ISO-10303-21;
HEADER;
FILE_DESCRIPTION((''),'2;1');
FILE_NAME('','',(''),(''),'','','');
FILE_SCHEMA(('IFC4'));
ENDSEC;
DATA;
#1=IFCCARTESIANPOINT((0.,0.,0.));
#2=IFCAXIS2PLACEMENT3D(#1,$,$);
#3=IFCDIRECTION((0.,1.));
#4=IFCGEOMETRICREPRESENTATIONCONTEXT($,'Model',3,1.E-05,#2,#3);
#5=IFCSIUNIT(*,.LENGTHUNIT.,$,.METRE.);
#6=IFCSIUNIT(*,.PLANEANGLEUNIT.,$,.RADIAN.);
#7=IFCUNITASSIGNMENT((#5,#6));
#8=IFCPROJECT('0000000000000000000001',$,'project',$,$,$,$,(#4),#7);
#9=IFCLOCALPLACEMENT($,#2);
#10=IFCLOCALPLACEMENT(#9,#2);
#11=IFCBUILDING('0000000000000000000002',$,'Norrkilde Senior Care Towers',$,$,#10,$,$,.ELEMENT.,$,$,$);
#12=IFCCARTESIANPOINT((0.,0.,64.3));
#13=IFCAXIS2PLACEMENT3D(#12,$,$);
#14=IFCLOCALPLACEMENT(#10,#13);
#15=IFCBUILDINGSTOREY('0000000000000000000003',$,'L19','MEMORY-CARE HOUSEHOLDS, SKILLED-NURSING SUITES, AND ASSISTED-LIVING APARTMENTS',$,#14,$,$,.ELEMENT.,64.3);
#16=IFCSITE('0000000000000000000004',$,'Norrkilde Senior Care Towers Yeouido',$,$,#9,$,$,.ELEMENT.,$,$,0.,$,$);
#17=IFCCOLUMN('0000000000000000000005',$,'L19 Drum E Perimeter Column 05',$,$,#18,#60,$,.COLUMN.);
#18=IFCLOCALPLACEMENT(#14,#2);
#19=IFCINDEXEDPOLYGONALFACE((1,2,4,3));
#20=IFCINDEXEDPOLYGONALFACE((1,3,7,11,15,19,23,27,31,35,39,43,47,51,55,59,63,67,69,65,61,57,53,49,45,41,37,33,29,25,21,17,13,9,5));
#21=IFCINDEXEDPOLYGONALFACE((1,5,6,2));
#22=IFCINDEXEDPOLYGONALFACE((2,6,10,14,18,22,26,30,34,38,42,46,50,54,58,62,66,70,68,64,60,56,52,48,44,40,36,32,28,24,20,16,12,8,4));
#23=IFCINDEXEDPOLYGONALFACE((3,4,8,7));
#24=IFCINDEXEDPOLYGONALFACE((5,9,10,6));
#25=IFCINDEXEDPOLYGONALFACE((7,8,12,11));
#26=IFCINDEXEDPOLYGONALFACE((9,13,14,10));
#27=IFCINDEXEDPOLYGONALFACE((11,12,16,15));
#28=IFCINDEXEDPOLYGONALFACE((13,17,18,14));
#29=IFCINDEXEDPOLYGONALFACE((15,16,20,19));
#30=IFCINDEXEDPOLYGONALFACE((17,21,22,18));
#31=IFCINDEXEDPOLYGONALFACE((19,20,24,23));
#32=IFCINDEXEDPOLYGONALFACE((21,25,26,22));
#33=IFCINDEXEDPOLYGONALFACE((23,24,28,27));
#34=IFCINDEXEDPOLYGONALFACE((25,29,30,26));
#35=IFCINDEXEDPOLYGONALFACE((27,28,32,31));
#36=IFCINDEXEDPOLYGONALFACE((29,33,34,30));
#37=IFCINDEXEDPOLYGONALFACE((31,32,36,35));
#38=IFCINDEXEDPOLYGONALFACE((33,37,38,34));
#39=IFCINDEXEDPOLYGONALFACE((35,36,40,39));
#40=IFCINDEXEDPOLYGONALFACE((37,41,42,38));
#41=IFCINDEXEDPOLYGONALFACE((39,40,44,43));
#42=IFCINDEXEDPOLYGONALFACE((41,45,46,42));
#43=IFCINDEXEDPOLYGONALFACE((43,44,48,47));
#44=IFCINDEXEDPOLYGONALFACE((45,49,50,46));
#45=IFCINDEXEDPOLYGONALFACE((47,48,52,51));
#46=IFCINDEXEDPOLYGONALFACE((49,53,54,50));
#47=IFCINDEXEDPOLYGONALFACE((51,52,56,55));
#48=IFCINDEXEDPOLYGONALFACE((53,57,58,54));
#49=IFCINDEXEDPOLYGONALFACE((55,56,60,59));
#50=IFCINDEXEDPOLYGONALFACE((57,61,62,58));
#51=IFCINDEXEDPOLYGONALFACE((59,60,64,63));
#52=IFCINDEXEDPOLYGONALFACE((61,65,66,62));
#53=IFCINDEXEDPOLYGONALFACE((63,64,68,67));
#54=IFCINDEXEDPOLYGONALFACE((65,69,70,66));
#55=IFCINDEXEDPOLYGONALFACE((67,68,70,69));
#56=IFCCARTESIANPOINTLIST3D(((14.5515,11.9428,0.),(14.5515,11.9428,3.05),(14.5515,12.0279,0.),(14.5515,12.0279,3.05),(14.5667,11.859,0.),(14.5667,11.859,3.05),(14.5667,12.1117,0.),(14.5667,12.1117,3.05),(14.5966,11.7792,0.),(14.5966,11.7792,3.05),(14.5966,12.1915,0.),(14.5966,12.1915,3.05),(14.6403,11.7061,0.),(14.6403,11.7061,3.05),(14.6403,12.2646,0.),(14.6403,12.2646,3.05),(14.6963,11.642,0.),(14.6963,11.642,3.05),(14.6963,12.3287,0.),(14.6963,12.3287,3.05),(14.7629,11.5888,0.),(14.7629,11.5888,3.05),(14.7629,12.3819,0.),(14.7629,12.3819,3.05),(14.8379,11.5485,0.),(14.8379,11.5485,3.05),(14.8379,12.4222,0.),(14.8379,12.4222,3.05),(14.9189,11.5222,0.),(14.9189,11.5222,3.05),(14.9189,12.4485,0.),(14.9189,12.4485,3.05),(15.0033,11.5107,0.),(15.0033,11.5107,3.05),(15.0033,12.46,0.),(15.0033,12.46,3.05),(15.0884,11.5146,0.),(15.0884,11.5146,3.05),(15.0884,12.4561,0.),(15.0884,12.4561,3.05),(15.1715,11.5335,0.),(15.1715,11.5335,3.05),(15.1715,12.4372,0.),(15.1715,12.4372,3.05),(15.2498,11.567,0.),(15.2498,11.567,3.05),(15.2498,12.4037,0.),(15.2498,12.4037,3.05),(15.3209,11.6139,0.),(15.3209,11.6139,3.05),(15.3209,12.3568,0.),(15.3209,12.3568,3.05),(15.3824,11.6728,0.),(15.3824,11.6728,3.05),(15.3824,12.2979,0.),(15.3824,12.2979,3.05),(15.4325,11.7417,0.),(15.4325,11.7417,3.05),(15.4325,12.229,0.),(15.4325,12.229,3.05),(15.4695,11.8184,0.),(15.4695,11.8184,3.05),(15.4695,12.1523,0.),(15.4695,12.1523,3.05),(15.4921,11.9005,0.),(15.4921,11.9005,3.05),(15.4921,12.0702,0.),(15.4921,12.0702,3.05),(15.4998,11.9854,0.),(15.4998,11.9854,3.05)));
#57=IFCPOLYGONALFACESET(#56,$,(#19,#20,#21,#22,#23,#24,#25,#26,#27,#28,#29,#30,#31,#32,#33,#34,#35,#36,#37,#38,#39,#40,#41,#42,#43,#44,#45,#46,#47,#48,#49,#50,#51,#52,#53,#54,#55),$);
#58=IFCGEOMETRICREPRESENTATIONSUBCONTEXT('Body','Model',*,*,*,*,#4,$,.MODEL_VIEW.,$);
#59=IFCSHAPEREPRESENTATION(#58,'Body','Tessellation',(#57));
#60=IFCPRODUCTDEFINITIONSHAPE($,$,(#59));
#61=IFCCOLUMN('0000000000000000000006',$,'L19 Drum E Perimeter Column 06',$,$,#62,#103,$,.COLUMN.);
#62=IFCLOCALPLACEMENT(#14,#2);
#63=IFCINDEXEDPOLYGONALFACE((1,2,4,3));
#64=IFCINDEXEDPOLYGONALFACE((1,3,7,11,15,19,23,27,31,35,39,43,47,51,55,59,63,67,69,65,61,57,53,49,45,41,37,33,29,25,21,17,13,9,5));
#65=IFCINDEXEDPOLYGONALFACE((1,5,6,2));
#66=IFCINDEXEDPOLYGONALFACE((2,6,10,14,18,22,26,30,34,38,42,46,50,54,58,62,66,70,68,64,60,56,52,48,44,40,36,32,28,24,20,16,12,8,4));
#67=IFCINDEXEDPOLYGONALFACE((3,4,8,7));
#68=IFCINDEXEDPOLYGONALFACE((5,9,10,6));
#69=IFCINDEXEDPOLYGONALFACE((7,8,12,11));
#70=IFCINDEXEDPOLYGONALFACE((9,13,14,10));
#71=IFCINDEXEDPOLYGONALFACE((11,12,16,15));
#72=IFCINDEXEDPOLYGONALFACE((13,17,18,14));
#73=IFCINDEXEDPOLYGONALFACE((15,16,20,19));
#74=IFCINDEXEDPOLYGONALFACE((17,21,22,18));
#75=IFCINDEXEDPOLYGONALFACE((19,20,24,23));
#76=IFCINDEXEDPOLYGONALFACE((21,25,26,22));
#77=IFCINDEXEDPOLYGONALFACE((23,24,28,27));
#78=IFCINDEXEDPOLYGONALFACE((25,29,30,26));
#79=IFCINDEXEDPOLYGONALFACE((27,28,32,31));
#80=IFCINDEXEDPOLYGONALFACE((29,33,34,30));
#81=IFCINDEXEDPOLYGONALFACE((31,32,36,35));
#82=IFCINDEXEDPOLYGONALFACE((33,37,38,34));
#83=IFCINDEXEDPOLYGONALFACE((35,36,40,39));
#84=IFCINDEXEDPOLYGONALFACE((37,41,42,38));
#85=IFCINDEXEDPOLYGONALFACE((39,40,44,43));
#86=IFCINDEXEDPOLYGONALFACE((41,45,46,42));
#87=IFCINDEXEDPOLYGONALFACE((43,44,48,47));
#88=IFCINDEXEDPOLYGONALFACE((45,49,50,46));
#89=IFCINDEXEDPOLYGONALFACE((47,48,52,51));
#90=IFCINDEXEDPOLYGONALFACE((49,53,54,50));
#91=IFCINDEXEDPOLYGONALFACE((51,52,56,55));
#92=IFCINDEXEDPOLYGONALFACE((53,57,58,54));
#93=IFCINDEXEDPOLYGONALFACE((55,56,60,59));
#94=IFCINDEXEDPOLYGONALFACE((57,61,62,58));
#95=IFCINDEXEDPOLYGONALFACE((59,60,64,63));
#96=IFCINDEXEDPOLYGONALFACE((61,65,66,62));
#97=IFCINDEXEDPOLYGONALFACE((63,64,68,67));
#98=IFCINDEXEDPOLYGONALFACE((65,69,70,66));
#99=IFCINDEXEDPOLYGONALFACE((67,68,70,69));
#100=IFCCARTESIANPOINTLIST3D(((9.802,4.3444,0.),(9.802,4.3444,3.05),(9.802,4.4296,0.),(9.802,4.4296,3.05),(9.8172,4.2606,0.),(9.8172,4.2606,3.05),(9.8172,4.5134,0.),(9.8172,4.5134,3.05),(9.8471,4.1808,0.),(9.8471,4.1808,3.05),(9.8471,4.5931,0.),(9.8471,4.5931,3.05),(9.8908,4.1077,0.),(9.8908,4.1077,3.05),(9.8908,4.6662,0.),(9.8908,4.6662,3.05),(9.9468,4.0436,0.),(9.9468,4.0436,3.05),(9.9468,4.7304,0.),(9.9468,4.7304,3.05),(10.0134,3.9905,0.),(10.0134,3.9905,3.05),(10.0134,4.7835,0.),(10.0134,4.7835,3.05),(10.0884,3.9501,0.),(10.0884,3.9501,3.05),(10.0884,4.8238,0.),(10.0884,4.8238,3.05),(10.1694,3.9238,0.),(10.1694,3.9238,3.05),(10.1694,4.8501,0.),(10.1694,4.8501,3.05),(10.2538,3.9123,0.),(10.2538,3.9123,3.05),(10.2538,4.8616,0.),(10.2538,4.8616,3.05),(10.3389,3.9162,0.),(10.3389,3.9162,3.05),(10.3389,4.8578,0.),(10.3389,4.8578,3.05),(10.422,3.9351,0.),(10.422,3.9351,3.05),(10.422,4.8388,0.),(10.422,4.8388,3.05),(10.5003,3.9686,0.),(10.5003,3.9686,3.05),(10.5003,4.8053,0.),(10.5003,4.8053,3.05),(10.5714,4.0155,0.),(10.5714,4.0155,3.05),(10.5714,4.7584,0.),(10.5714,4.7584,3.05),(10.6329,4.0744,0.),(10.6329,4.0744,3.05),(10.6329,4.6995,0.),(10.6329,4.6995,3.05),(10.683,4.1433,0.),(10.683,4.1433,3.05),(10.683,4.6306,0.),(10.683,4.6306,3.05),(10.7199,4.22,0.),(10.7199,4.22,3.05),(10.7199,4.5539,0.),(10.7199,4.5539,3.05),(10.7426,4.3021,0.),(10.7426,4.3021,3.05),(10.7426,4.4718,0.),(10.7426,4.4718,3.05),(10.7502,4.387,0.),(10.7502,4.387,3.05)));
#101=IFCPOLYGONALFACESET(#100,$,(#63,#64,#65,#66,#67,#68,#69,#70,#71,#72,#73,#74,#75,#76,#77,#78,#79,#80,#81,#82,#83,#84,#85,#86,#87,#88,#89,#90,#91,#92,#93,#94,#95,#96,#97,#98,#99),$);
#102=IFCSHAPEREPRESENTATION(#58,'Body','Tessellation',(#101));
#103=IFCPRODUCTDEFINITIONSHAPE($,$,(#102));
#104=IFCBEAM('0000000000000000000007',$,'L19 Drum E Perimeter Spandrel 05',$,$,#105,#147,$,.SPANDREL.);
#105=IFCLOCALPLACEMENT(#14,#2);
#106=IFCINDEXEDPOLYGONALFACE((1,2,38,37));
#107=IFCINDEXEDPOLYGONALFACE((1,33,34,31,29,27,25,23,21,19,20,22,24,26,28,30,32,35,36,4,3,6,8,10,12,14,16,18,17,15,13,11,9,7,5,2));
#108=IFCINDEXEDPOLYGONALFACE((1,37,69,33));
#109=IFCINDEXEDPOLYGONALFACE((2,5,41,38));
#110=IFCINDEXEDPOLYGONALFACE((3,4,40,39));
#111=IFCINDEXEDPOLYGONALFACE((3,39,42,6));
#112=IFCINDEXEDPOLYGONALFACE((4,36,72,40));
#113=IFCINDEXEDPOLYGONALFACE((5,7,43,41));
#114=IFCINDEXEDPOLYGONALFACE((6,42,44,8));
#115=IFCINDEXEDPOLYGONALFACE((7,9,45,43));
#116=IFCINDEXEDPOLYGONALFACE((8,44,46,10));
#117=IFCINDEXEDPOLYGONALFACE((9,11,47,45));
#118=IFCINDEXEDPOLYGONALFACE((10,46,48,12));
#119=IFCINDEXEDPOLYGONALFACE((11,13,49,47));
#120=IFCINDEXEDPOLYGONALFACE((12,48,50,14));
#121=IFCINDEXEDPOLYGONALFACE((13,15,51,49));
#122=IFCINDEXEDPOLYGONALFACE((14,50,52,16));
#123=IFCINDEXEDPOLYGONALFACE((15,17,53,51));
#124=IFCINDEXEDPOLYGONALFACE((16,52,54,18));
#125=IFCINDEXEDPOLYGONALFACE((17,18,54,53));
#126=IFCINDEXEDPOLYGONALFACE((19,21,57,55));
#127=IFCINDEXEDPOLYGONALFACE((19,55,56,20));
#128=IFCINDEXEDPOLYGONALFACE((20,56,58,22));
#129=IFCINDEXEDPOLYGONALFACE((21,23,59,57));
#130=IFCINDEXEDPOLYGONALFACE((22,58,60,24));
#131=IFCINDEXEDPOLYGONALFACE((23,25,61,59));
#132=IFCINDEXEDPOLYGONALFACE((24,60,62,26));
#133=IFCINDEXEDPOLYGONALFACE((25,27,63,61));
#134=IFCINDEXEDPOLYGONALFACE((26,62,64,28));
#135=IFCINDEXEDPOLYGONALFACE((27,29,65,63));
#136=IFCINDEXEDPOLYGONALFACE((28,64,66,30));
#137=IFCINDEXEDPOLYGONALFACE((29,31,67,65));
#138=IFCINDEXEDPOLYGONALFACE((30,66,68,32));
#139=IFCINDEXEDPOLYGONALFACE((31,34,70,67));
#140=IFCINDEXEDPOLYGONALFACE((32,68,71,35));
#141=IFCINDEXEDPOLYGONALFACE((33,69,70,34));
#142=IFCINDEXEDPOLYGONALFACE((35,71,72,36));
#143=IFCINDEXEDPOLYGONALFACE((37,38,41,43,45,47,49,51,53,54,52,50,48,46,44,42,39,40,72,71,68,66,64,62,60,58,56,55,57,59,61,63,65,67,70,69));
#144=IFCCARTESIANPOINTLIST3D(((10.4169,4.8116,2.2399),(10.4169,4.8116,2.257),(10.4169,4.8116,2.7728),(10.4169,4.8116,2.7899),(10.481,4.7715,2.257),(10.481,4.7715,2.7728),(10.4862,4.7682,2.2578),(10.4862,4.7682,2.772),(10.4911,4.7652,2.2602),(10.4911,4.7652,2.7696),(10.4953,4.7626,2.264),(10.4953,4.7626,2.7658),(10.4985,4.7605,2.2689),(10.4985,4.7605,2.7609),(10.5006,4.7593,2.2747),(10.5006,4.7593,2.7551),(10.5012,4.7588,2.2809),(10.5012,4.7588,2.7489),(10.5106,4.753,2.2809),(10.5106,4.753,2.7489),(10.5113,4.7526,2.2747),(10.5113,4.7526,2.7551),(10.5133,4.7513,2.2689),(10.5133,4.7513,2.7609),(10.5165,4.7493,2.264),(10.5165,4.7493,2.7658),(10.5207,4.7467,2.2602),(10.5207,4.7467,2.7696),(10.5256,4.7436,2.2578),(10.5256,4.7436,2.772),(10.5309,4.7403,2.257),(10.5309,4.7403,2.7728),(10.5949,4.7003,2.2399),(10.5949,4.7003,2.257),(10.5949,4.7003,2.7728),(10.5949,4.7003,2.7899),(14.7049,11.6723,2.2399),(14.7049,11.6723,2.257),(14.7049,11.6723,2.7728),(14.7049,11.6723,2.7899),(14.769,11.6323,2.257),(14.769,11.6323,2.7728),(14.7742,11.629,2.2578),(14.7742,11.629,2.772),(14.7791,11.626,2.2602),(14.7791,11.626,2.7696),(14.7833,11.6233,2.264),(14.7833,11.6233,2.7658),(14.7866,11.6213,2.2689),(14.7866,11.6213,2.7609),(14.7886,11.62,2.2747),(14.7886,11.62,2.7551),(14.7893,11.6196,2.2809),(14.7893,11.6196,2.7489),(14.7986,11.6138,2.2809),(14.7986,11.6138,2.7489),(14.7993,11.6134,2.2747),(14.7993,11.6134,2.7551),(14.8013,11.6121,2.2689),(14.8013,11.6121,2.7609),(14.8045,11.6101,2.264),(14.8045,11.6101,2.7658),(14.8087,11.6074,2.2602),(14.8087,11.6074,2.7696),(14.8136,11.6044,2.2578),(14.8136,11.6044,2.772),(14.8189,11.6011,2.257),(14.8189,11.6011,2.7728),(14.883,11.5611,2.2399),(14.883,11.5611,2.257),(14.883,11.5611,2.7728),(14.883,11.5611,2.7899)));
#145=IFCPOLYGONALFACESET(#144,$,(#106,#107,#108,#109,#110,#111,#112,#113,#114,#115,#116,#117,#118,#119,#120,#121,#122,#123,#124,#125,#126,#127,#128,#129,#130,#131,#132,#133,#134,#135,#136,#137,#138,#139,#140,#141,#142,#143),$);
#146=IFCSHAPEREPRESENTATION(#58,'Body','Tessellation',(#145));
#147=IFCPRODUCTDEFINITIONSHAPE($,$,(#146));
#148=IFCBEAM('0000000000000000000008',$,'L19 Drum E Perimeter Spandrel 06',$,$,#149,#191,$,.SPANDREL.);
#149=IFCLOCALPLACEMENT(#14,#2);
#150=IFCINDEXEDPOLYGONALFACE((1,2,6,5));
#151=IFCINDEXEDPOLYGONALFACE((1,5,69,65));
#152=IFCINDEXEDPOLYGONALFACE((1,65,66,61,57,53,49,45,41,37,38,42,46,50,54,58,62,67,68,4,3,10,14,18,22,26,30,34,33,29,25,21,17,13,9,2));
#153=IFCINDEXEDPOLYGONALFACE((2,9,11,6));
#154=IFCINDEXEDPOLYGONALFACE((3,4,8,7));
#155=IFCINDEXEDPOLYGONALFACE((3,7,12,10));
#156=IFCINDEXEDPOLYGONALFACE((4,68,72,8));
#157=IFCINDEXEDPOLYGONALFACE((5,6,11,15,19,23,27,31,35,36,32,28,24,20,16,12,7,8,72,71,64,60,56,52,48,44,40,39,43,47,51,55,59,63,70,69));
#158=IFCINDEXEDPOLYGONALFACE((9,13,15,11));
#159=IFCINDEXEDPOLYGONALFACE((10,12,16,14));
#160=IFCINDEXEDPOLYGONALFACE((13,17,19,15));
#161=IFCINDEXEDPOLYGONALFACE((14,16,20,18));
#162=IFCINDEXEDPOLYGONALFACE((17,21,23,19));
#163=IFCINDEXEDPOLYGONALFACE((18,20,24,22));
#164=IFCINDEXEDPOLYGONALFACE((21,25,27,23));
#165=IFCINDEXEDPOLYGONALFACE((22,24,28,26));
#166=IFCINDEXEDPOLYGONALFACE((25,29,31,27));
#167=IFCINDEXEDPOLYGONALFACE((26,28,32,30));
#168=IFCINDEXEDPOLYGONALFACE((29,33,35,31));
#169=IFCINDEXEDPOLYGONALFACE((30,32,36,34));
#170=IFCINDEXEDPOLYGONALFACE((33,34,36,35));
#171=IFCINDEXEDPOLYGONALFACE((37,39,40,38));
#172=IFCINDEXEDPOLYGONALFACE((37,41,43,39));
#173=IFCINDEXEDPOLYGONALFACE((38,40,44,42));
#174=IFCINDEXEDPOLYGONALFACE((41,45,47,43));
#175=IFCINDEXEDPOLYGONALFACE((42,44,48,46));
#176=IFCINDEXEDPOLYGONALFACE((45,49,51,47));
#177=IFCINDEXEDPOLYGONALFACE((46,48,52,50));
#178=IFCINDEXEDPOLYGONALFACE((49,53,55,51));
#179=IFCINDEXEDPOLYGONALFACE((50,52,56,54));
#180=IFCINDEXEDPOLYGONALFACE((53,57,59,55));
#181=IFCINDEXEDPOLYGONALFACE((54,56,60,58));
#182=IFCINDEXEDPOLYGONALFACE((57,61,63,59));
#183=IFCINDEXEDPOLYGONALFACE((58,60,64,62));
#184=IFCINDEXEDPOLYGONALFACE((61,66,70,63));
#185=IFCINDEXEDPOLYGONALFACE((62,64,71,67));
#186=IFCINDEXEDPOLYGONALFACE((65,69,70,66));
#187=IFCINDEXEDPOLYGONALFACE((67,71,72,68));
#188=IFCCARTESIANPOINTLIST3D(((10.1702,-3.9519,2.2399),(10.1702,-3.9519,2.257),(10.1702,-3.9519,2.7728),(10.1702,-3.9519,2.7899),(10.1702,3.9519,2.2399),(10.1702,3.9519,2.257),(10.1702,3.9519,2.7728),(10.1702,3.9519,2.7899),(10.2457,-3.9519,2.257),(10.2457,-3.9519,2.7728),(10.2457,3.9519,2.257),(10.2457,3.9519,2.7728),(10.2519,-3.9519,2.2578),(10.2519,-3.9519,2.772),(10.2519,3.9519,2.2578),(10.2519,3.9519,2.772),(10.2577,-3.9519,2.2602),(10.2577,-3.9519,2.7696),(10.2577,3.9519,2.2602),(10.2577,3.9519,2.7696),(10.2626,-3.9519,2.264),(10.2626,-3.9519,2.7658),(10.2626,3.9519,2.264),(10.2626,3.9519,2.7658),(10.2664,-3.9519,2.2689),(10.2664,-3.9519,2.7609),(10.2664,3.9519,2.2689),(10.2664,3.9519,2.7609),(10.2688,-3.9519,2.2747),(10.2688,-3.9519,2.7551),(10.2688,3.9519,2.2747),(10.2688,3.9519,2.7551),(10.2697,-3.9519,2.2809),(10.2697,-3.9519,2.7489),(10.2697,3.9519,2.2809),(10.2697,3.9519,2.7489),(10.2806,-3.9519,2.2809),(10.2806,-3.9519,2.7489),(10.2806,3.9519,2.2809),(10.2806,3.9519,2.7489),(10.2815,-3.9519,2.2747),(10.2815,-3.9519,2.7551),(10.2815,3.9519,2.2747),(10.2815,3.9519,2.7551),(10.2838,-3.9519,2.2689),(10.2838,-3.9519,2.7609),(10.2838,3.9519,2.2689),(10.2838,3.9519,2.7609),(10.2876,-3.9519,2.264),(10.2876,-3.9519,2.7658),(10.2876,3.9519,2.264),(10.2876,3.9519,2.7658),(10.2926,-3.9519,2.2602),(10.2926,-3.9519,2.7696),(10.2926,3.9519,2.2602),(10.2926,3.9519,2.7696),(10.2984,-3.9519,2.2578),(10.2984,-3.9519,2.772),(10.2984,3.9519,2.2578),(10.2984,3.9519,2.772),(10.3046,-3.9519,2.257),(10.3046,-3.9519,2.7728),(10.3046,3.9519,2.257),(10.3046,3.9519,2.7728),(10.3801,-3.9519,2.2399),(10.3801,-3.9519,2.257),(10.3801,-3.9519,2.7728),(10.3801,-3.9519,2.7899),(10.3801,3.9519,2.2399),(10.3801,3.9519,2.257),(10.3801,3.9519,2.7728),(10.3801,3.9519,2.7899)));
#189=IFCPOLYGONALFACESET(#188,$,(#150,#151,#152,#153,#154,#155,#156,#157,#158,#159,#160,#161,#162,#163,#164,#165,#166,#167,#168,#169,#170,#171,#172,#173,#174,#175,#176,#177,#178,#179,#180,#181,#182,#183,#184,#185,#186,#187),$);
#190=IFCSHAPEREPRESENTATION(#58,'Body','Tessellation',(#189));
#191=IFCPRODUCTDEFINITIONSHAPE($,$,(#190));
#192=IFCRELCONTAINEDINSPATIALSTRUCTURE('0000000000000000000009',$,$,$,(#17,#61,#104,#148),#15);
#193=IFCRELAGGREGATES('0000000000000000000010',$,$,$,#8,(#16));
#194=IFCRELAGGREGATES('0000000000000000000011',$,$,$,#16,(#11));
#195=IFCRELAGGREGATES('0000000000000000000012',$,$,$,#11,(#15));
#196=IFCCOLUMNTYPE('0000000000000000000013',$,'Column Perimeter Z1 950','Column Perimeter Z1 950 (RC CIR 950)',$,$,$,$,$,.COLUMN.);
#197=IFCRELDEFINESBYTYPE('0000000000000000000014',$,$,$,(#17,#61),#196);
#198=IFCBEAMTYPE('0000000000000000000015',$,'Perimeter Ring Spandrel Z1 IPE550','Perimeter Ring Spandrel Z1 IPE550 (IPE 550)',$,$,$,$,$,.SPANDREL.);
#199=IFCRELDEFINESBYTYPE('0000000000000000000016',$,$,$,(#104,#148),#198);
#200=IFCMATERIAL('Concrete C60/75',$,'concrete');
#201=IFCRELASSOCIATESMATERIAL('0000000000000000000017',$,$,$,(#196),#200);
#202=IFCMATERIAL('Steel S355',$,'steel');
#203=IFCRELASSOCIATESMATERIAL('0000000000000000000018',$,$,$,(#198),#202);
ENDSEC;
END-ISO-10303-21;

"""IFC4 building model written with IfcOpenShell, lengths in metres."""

from ifc_helpers import new_model, si_unit, direction, frame, origin, origin_2d, place, context, subcontext, project, spatial, circle, i_section, extrude, source, transform, mapped, material, material_profile, profile_set, type_object, type_shapes, element, save


model = new_model("IFC4")

# Units and contexts
model_context = context("Model", 3, precision=1e-05, world=origin(), true_north=direction((0.0, 1.0)))
body_context = subcontext(model_context, "Body", "Model", "MODEL_VIEW")
ifc_project = project(units=[si_unit("LENGTHUNIT", "METRE"), si_unit("PLANEANGLEUNIT", "RADIAN")], contexts=[model_context])

# Site, building, storey
site_placement = place(None, origin())
site = spatial("IfcSite", under=ifc_project, at=site_placement, Name="Norrkilde Senior Care Towers Yeouido", CompositionType="ELEMENT", RefElevation=0.0)
building_placement = place(site_placement, origin())
building = spatial("IfcBuilding", under=site, at=building_placement, Name="Norrkilde Senior Care Towers", CompositionType="ELEMENT")
storey_placement = place(building_placement, frame((0.0, 0.0, 64.3)))
storey = spatial("IfcBuildingStorey", under=building, at=storey_placement, Name="L19", Description="MEMORY-CARE HOUSEHOLDS, SKILLED-NURSING SUITES, AND ASSISTED-LIVING APARTMENTS", CompositionType="ELEMENT", Elevation=64.3)

# Columns
ifc_material_1 = material(Name="Concrete C60/75", Category="concrete")
ifc_material_profile_1 = material_profile(ifc_material_1, circle(Radius=0.4751, at=origin_2d()), Name="RC CIR 950")
ifc_profile_set_1 = profile_set([ifc_material_profile_1], Name="Concrete C60/75")
column_type = type_object("IfcColumnType", Name="Column Perimeter Z1 950", Description="Column Perimeter Z1 950 (RC CIR 950)", PredefinedType="COLUMN", material=ifc_profile_set_1)
shared_shape_1 = source(origin(), body_context, "Body", "SweptSolid", [
    extrude(circle(Radius=0.4751, at=origin_2d()), origin(), (0.0, 0.0, 1.0), 3.05),
])
type_shapes(column_type, [shared_shape_1])
for number, where, z_axis, x_axis, name in (
    (1, (15.0247, 11.9854, 0.0), (0.0, 0.0, 1.0), (1.0, 0.0, 0.0), "L19 Drum E Perimeter Column 05"),
    (2, (10.2751, 4.387, 0.0), (0.0, 0.0, 1.0), (1.0, 0.0, 0.0), "L19 Drum E Perimeter Column 06"),
):
    element("IfcColumn", number, at=place(storey_placement, frame(where, z_axis=z_axis, x_axis=x_axis)), inside=storey, type_object=column_type, Name=name, PredefinedType="COLUMN", context=body_context, shape_type="MappedRepresentation", body=[
        mapped(shared_shape_1, transform((0.0, 0.0, 0.0), x_axis=(1.0, 0.0, 0.0), y_axis=(0.0, 1.0, 0.0), z_axis=(0.0, 0.0, 1.0), scale=1.0)),
    ])

# Beams
ifc_material_2 = material(Name="Steel S355", Category="steel")
ifc_material_profile_2 = material_profile(ifc_material_2, i_section(OverallWidth=0.21, OverallDepth=0.55, WebThickness=0.011, FlangeThickness=0.0171, FilletRadius=0.0239, at=origin_2d()), Name="IPE 550")
ifc_profile_set_2 = profile_set([ifc_material_profile_2], Name="Steel S355")
beam_type = type_object("IfcBeamType", Name="Perimeter Ring Spandrel Z1 IPE550", Description="Perimeter Ring Spandrel Z1 IPE550 (IPE 550)", PredefinedType="SPANDREL", material=ifc_profile_set_2)
shared_shape_2 = source(origin(), body_context, "Body", "SweptSolid", [
    extrude(i_section(OverallWidth=0.21, OverallDepth=0.55, WebThickness=0.011, FlangeThickness=0.0171, FilletRadius=0.0239, at=origin_2d()), origin(), (0.0, 0.0, 1.0), 8.0906),
])
beam_1_placement = place(storey_placement, frame((14.7939, 11.6167, 2.5149), z_axis=(-0.530004, -0.847995, 0.0), x_axis=(0.847995, -0.530004, 0.0)))
element("IfcBeam", 3, at=beam_1_placement, inside=storey, type_object=beam_type, Name="L19 Drum E Perimeter Spandrel 05", PredefinedType="SPANDREL", context=body_context, shape_type="MappedRepresentation", body=[
    mapped(shared_shape_2, transform((0.0, 0.0, 0.0), x_axis=(1.0, 0.0, 0.0), y_axis=(0.0, 1.0, 0.0), z_axis=(0.0, 0.0, 1.0), scale=1.0)),
])
shared_shape_3 = source(origin(), body_context, "Body", "SweptSolid", [
    extrude(i_section(OverallWidth=0.21, OverallDepth=0.55, WebThickness=0.011, FlangeThickness=0.0171, FilletRadius=0.0239, at=origin_2d()), origin(), (0.0, 0.0, 1.0), 7.9038),
])
type_shapes(beam_type, [shared_shape_2, shared_shape_3])
beam_2_placement = place(storey_placement, frame((10.2751, 3.9519, 2.5149), z_axis=(0.0, -1.0, 0.0), x_axis=(1.0, 0.0, 0.0)))
element("IfcBeam", 4, at=beam_2_placement, inside=storey, type_object=beam_type, Name="L19 Drum E Perimeter Spandrel 06", PredefinedType="SPANDREL", context=body_context, shape_type="MappedRepresentation", body=[
    mapped(shared_shape_3, transform((0.0, 0.0, 0.0), x_axis=(1.0, 0.0, 0.0), y_axis=(0.0, 1.0, 0.0), z_axis=(0.0, 0.0, 1.0), scale=1.0)),
])

save(model, "model.ifc")
